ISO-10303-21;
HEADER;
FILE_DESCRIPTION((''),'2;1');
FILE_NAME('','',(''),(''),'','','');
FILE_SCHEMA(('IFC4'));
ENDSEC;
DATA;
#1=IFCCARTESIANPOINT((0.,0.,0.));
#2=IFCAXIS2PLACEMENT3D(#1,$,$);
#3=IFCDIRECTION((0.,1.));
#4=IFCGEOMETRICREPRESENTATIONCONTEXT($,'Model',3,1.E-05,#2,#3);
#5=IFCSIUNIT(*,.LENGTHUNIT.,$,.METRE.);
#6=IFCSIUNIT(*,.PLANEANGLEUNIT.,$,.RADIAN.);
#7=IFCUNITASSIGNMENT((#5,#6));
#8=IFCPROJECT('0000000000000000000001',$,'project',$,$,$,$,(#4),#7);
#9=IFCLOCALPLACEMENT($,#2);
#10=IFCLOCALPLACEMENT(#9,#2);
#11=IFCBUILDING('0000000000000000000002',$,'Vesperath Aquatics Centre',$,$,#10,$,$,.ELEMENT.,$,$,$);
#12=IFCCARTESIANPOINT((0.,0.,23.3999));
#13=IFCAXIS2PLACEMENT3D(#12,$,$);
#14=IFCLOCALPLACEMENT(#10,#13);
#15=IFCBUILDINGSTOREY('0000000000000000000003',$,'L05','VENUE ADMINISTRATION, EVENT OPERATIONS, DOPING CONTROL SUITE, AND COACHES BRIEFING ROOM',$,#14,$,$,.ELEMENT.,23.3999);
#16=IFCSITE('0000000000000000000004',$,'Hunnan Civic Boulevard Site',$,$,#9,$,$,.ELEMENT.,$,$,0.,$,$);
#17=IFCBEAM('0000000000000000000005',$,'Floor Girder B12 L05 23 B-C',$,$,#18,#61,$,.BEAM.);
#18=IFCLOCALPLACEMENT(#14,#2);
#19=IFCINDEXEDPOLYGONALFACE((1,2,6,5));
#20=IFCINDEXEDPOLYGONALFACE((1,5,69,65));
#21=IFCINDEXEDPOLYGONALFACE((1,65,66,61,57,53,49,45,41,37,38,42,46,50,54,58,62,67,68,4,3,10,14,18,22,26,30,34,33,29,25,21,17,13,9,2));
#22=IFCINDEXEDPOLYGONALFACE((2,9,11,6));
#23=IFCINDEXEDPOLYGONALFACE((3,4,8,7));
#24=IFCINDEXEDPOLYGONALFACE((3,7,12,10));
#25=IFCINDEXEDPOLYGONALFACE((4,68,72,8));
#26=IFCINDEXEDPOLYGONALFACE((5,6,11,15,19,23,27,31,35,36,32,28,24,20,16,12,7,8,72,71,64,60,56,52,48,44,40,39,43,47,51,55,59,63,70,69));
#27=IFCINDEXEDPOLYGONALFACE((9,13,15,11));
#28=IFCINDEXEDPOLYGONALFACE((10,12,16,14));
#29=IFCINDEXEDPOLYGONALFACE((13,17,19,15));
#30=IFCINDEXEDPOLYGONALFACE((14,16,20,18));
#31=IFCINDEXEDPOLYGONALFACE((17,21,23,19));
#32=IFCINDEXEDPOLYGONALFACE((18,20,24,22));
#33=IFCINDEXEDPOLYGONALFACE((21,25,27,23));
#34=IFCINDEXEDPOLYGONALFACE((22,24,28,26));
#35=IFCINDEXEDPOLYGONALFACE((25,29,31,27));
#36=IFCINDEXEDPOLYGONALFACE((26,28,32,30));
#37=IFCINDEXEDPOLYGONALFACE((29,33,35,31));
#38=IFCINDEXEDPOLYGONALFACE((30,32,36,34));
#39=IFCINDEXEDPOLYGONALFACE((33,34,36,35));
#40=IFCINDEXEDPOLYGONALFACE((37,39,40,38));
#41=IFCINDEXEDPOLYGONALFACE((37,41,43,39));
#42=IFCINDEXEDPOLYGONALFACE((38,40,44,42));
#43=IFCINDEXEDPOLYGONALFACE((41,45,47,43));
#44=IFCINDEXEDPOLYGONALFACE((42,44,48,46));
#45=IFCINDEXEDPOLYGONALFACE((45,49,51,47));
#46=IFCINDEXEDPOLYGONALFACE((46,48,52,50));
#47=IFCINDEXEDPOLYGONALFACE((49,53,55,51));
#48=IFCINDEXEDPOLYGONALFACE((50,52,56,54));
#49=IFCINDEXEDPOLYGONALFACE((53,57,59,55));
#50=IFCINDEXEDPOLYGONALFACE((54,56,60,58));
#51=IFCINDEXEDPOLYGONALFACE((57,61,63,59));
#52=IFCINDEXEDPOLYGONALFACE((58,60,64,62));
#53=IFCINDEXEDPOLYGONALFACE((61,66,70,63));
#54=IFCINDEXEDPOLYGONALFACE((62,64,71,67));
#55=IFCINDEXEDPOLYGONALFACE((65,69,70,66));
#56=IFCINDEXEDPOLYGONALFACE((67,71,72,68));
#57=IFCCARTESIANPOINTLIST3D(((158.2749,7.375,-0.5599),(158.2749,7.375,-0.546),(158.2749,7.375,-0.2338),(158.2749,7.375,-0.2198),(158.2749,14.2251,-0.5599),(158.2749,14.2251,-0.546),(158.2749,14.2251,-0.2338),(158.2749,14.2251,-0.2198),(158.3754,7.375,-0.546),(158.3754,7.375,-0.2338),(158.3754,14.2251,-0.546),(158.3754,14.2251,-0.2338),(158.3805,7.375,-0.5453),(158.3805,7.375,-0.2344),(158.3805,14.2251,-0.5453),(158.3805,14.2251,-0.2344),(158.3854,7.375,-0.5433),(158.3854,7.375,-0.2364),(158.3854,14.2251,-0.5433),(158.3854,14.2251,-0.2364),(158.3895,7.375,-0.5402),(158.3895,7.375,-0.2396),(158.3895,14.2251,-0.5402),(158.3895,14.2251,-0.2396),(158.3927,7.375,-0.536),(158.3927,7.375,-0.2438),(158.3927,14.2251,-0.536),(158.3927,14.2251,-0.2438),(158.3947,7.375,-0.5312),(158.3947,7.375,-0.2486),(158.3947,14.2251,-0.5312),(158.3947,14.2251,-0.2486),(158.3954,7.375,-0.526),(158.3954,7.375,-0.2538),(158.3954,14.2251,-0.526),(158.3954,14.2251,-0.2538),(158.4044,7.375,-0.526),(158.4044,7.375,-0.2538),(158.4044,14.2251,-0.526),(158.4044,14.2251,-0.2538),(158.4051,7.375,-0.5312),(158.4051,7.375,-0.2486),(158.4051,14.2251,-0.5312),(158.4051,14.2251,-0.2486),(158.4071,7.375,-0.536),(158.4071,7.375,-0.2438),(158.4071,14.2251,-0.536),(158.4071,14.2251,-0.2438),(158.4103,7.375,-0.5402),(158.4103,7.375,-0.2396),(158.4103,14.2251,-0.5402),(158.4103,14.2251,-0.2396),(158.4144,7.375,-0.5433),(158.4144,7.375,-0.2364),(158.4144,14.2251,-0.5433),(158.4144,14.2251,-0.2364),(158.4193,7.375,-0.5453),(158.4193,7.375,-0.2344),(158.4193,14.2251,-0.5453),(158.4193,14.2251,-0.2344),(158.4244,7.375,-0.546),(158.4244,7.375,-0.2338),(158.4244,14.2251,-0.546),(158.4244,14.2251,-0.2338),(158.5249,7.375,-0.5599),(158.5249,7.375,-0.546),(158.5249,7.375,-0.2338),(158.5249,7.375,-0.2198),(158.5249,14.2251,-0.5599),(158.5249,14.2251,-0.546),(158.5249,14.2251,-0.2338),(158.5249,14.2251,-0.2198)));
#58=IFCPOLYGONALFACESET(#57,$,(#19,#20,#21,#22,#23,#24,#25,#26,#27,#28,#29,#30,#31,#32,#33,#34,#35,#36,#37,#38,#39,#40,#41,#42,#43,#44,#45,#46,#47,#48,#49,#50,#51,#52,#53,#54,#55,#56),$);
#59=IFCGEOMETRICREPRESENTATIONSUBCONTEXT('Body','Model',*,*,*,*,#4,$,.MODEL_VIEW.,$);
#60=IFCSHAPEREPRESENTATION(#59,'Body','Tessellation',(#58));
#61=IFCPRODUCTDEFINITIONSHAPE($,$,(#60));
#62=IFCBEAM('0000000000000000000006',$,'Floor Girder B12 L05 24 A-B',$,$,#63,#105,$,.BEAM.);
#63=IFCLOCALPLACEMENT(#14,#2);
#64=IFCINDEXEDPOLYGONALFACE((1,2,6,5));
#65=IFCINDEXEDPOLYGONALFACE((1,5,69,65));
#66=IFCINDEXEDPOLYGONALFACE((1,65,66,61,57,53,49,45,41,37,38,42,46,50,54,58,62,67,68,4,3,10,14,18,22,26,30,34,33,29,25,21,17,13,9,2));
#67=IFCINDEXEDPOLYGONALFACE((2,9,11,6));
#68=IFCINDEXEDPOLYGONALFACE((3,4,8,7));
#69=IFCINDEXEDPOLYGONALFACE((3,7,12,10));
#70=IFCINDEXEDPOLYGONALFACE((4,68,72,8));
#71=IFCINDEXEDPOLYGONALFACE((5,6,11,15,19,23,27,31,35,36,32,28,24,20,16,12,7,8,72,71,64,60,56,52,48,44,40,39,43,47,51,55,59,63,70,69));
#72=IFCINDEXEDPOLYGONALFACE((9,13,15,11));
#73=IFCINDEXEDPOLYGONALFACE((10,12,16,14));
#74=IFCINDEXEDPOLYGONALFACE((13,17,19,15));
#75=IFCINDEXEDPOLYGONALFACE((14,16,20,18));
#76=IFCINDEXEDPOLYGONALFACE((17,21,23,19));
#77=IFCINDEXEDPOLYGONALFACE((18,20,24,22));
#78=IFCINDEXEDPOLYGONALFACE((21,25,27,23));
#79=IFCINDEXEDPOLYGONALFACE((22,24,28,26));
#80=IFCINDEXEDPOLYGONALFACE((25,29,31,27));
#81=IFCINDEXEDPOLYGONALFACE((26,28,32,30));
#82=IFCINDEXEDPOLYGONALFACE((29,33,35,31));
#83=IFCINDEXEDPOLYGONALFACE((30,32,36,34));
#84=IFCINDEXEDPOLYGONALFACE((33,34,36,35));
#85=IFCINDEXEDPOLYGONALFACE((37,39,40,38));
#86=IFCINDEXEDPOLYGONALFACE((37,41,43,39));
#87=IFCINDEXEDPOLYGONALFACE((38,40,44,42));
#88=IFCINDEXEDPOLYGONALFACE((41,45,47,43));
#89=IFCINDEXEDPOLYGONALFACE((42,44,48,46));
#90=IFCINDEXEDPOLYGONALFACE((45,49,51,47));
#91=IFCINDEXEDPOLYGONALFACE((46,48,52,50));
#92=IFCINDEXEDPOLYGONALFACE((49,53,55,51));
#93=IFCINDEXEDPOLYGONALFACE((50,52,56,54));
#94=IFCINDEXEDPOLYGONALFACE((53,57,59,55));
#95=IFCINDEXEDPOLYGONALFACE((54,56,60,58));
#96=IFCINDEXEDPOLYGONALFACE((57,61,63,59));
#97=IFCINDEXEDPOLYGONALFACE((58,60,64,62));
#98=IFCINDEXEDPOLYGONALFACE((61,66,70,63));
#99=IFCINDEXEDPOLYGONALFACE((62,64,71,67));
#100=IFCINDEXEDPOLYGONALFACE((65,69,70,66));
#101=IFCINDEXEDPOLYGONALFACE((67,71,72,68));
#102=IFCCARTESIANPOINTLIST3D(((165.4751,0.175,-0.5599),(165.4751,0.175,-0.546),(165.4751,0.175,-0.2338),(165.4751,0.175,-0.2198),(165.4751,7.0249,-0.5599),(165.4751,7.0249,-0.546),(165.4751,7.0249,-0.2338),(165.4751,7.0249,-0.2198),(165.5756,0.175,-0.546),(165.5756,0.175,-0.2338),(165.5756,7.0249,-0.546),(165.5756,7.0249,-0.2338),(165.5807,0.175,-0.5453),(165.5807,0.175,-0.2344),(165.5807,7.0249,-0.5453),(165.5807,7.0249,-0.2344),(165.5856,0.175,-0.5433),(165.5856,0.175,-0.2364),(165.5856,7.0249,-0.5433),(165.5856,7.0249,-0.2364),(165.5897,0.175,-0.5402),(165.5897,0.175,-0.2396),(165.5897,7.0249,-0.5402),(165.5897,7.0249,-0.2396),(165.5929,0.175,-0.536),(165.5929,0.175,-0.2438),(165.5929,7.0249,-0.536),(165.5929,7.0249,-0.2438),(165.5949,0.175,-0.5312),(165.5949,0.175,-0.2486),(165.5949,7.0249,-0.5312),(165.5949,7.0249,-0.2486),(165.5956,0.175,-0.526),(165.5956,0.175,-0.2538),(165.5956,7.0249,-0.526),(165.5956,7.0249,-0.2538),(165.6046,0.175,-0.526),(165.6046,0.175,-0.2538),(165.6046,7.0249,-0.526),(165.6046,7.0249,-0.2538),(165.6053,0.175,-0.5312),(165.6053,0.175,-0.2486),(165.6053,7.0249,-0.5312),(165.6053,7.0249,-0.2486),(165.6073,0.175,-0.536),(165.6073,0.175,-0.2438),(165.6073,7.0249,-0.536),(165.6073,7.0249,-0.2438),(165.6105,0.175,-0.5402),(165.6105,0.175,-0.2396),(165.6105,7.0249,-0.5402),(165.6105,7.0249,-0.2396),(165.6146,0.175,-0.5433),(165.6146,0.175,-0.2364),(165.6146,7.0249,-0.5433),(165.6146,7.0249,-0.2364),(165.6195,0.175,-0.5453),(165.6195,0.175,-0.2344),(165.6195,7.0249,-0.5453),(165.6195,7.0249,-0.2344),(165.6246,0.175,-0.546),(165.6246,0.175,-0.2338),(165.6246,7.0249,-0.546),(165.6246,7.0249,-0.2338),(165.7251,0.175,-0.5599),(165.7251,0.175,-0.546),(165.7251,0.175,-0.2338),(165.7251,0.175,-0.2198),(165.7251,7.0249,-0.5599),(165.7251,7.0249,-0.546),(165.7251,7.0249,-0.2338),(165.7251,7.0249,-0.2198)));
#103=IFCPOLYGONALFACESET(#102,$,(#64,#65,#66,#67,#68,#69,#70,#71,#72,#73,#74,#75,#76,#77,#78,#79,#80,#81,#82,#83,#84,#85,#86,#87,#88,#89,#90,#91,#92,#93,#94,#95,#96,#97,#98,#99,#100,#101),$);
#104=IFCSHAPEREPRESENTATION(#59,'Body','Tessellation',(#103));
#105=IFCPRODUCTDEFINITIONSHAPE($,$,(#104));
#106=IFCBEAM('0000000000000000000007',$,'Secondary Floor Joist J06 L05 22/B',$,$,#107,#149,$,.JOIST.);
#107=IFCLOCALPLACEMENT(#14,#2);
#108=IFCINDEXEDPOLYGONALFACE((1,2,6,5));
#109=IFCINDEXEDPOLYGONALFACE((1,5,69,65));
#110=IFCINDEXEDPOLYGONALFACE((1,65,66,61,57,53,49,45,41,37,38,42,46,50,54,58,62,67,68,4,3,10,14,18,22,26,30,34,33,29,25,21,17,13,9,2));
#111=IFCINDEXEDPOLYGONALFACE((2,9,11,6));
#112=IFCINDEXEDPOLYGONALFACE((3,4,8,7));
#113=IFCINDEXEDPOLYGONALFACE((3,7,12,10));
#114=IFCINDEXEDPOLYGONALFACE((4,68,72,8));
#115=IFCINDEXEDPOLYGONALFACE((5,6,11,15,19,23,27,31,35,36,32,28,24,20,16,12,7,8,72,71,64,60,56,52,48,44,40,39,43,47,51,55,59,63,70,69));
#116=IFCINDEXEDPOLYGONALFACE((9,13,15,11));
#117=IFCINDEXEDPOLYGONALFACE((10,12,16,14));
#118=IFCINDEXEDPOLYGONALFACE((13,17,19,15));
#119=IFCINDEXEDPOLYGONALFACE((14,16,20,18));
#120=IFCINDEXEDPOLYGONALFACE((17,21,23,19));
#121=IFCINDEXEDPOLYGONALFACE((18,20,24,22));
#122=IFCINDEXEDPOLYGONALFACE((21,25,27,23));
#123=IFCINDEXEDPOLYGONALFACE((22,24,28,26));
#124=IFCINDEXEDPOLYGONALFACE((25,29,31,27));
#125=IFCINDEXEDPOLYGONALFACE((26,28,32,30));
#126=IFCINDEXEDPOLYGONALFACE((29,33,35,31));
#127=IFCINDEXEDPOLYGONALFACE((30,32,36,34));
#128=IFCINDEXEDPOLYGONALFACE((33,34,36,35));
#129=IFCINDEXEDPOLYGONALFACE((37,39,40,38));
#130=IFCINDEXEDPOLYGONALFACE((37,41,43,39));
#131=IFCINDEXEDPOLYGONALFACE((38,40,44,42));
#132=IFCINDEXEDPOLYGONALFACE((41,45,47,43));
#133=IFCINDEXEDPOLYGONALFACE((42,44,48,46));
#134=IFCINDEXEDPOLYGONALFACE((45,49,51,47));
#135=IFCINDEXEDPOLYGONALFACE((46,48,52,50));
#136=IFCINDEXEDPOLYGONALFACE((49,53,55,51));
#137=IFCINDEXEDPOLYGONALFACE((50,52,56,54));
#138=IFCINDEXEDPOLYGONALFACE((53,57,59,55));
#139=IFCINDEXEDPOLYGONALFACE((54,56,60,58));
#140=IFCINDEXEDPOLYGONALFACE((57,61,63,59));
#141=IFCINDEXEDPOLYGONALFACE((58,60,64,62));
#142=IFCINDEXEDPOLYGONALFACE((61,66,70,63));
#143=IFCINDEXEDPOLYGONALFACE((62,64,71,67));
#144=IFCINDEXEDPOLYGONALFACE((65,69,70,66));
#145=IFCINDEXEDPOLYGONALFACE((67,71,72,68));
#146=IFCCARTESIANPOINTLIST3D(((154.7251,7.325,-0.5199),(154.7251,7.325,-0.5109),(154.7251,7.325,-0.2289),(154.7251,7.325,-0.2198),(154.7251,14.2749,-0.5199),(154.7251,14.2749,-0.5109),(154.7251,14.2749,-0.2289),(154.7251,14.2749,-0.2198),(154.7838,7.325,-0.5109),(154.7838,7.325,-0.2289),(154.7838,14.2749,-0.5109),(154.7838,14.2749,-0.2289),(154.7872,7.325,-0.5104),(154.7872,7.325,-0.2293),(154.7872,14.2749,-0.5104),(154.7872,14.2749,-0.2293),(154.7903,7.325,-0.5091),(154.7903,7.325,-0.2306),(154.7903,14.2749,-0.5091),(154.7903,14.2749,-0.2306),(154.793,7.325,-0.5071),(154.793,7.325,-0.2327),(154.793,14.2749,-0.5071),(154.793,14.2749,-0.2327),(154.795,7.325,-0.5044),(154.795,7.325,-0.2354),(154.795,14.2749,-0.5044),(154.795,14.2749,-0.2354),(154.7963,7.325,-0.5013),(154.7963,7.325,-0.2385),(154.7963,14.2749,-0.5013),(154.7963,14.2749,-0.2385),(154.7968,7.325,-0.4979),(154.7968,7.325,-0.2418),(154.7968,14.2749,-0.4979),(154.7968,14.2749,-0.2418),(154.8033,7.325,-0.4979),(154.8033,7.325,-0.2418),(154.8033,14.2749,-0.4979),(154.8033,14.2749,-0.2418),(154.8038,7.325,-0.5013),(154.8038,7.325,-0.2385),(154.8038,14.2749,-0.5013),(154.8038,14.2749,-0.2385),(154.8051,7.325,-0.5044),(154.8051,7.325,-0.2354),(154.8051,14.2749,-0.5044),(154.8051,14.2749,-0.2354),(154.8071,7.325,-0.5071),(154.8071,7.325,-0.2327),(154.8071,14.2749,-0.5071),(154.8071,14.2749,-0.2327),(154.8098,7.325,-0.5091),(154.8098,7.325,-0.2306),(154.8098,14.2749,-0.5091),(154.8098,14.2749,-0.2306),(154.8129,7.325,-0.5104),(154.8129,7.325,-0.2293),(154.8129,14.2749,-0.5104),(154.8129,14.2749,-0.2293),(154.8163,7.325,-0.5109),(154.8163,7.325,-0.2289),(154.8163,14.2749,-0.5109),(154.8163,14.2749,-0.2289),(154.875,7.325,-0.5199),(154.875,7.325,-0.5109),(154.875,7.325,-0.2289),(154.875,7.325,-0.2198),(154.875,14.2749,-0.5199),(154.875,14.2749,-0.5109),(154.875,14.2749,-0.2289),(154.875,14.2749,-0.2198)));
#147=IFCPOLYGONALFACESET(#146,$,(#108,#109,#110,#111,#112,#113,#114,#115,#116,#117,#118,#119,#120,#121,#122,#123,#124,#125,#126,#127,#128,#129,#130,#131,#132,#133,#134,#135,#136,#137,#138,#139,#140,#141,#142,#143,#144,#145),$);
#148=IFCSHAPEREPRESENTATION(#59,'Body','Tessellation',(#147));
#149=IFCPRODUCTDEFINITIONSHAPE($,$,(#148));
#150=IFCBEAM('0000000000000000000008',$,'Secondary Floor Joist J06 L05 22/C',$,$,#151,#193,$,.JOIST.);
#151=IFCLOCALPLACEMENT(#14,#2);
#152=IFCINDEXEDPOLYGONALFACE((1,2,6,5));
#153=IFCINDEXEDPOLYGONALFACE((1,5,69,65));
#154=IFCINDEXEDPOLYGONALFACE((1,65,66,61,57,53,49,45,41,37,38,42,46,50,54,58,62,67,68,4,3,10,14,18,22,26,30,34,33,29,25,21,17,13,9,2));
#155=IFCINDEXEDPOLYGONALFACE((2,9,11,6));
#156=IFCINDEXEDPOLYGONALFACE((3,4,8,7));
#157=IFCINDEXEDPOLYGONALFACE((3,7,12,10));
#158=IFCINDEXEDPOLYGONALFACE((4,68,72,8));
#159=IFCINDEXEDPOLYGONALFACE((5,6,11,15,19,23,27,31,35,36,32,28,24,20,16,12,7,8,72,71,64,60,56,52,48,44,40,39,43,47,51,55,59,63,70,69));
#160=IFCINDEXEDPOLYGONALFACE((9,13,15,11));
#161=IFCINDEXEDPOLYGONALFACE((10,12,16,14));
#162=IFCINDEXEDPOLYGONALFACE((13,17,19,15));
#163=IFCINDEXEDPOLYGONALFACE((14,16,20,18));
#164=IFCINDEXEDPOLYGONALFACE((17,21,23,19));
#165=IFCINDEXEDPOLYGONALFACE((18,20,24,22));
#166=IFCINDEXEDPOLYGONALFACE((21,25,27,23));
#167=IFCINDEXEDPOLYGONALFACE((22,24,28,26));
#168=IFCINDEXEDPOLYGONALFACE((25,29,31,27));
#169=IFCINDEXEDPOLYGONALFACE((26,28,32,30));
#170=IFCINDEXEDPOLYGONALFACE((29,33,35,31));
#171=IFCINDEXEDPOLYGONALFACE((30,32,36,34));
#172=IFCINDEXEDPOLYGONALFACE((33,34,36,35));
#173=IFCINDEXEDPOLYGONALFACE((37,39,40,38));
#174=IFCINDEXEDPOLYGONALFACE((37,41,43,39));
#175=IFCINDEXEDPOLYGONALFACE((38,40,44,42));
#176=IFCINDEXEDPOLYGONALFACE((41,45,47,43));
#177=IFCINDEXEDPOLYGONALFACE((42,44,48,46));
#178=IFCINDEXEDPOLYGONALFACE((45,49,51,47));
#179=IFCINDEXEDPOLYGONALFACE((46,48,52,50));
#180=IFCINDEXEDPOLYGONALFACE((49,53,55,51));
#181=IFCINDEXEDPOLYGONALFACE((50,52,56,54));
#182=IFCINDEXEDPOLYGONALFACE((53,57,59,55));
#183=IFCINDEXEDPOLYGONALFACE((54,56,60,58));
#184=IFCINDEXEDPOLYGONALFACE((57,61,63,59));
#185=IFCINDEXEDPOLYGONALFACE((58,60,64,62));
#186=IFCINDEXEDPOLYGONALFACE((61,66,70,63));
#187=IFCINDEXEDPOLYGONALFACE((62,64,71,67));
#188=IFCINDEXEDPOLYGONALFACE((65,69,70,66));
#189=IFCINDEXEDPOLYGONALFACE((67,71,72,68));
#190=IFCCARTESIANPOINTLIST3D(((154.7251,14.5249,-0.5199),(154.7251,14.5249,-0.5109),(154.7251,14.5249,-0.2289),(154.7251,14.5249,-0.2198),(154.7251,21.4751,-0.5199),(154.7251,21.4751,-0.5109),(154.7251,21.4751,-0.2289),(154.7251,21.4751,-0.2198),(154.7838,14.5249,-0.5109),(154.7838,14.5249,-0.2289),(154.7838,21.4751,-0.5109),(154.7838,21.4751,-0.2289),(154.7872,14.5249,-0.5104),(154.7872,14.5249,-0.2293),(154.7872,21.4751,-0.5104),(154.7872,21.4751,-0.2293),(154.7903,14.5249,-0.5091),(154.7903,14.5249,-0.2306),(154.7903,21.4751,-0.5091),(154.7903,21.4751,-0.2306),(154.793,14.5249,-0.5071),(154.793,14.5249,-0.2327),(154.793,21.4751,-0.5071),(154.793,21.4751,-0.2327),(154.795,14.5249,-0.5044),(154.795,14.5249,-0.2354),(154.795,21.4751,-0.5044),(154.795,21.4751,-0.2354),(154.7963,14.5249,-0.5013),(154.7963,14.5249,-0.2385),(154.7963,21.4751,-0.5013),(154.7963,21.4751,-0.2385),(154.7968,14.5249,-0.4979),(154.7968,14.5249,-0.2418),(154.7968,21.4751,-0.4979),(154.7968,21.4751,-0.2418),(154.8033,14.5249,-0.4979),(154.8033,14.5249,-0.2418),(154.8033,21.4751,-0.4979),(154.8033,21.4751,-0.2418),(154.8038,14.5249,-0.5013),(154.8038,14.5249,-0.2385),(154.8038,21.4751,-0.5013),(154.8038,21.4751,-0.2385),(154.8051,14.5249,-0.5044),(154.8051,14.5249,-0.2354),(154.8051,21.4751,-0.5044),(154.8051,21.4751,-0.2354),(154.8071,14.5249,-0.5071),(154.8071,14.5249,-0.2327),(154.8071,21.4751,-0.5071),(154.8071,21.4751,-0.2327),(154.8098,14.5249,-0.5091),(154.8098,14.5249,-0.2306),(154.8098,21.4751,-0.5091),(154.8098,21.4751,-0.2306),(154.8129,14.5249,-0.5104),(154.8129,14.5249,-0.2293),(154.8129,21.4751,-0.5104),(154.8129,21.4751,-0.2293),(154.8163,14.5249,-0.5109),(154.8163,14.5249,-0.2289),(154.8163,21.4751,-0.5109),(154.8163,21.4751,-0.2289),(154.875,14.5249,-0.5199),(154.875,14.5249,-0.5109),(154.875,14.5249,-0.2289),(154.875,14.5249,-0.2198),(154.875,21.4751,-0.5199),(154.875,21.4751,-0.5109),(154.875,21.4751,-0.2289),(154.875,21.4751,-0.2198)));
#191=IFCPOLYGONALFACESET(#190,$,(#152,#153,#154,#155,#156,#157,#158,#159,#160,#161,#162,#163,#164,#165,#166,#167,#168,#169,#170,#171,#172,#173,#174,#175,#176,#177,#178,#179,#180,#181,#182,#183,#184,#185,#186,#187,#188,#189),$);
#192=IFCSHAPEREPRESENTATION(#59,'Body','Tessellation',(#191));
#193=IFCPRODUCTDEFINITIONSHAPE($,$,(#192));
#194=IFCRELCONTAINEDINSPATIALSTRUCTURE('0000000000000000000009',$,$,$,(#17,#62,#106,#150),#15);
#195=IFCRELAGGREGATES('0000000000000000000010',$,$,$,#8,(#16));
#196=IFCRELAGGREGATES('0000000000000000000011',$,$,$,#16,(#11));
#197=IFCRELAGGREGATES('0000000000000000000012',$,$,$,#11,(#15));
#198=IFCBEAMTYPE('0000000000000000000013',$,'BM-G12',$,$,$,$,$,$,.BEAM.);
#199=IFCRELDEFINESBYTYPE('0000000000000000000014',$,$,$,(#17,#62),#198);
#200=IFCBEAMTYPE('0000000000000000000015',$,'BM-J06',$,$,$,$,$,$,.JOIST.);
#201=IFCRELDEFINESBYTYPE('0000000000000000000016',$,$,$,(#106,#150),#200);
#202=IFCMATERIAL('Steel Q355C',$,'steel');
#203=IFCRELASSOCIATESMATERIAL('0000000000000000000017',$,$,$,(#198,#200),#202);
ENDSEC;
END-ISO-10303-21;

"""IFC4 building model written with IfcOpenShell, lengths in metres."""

from ifc_helpers import new_model, si_unit, direction, frame, origin, origin_2d, place, context, subcontext, project, spatial, i_section, extrude, material, material_profile, profile_set, type_object, element, save


model = new_model("IFC4")

# Units and contexts
model_context = context("Model", 3, precision=1e-05, world=origin(), true_north=direction((0.0, 1.0)))
body_context = subcontext(model_context, "Body", "Model", "MODEL_VIEW")
ifc_project = project(units=[si_unit("LENGTHUNIT", "METRE"), si_unit("PLANEANGLEUNIT", "RADIAN")], contexts=[model_context])

# Site, building, storey
site_placement = place(None, origin())
site = spatial("IfcSite", under=ifc_project, at=site_placement, Name="Hunnan Civic Boulevard Site", CompositionType="ELEMENT", RefElevation=0.0)
building_placement = place(site_placement, origin())
building = spatial("IfcBuilding", under=site, at=building_placement, Name="Vesperath Aquatics Centre", CompositionType="ELEMENT")
storey_placement = place(building_placement, frame((0.0, 0.0, 23.3999)))
storey = spatial("IfcBuildingStorey", under=building, at=storey_placement, Name="L05", Description="VENUE ADMINISTRATION, EVENT OPERATIONS, DOPING CONTROL SUITE, AND COACHES BRIEFING ROOM", CompositionType="ELEMENT", Elevation=23.3999)

# Shared definitions
ifc_material_1 = material(Name="Steel Q355C", Category="steel")

# Beams
ifc_material_profile_1 = material_profile(ifc_material_1, i_section(OverallWidth=0.25, OverallDepth=0.3401, WebThickness=0.009, FlangeThickness=0.0139, FilletRadius=0.02, at=origin_2d()), Name="HM 340x250x9x14")
ifc_profile_set_1 = profile_set([ifc_material_profile_1], Name="Steel Q355C")
beam_type_1 = type_object("IfcBeamType", Name="BM-G12", PredefinedType="BEAM", material=ifc_profile_set_1)
beam_1_placement = place(storey_placement, frame((158.3999, 7.375, -0.3899), z_axis=(0.0, 1.0, 0.0), x_axis=(-1.0, 0.0, 0.0)))
element("IfcBeam", 1, at=beam_1_placement, inside=storey, type_object=beam_type_1, Name="Floor Girder B12 L05 23 B-C", PredefinedType="BEAM", context=body_context, shape_type="SweptSolid", body=[
    extrude(i_section(OverallWidth=0.25, OverallDepth=0.3401, WebThickness=0.009, FlangeThickness=0.0139, FilletRadius=0.02, at=origin_2d()), origin(), (0.0, 0.0, 1.0), 6.8501),
])
beam_2_placement = place(storey_placement, frame((165.6001, 0.175, -0.3899), z_axis=(0.0, 1.0, 0.0), x_axis=(-1.0, 0.0, 0.0)))
element("IfcBeam", 2, at=beam_2_placement, inside=storey, type_object=beam_type_1, Name="Floor Girder B12 L05 24 A-B", PredefinedType="BEAM", context=body_context, shape_type="SweptSolid", body=[
    extrude(i_section(OverallWidth=0.25, OverallDepth=0.3401, WebThickness=0.009, FlangeThickness=0.0139, FilletRadius=0.02, at=origin_2d()), origin(), (0.0, 0.0, 1.0), 6.8499),
])
ifc_material_profile_2 = material_profile(ifc_material_1, i_section(OverallWidth=0.1499, OverallDepth=0.3, WebThickness=0.0066, FlangeThickness=0.009, FilletRadius=0.0129, at=origin_2d()), Name="HN 300x150x6.5x9")
ifc_profile_set_2 = profile_set([ifc_material_profile_2], Name="Steel Q355C")
beam_type_2 = type_object("IfcBeamType", Name="BM-J06", PredefinedType="JOIST", material=ifc_profile_set_2)
beam_3_placement = place(storey_placement, frame((154.8, 7.325, -0.3699), z_axis=(0.0, 1.0, 0.0), x_axis=(-1.0, 0.0, 0.0)))
element("IfcBeam", 3, at=beam_3_placement, inside=storey, type_object=beam_type_2, Name="Secondary Floor Joist J06 L05 22/B", PredefinedType="JOIST", context=body_context, shape_type="SweptSolid", body=[
    extrude(i_section(OverallWidth=0.1499, OverallDepth=0.3, WebThickness=0.0066, FlangeThickness=0.009, FilletRadius=0.0129, at=origin_2d()), origin(), (0.0, 0.0, 1.0), 6.95),
])
beam_4_placement = place(storey_placement, frame((154.8, 14.5249, -0.3699), z_axis=(0.0, 1.0, 0.0), x_axis=(-1.0, 0.0, 0.0)))
element("IfcBeam", 4, at=beam_4_placement, inside=storey, type_object=beam_type_2, Name="Secondary Floor Joist J06 L05 22/C", PredefinedType="JOIST", context=body_context, shape_type="SweptSolid", body=[
    extrude(i_section(OverallWidth=0.1499, OverallDepth=0.3, WebThickness=0.0066, FlangeThickness=0.009, FilletRadius=0.0129, at=origin_2d()), origin(), (0.0, 0.0, 1.0), 6.9502),
])

save(model, "model.ifc")
